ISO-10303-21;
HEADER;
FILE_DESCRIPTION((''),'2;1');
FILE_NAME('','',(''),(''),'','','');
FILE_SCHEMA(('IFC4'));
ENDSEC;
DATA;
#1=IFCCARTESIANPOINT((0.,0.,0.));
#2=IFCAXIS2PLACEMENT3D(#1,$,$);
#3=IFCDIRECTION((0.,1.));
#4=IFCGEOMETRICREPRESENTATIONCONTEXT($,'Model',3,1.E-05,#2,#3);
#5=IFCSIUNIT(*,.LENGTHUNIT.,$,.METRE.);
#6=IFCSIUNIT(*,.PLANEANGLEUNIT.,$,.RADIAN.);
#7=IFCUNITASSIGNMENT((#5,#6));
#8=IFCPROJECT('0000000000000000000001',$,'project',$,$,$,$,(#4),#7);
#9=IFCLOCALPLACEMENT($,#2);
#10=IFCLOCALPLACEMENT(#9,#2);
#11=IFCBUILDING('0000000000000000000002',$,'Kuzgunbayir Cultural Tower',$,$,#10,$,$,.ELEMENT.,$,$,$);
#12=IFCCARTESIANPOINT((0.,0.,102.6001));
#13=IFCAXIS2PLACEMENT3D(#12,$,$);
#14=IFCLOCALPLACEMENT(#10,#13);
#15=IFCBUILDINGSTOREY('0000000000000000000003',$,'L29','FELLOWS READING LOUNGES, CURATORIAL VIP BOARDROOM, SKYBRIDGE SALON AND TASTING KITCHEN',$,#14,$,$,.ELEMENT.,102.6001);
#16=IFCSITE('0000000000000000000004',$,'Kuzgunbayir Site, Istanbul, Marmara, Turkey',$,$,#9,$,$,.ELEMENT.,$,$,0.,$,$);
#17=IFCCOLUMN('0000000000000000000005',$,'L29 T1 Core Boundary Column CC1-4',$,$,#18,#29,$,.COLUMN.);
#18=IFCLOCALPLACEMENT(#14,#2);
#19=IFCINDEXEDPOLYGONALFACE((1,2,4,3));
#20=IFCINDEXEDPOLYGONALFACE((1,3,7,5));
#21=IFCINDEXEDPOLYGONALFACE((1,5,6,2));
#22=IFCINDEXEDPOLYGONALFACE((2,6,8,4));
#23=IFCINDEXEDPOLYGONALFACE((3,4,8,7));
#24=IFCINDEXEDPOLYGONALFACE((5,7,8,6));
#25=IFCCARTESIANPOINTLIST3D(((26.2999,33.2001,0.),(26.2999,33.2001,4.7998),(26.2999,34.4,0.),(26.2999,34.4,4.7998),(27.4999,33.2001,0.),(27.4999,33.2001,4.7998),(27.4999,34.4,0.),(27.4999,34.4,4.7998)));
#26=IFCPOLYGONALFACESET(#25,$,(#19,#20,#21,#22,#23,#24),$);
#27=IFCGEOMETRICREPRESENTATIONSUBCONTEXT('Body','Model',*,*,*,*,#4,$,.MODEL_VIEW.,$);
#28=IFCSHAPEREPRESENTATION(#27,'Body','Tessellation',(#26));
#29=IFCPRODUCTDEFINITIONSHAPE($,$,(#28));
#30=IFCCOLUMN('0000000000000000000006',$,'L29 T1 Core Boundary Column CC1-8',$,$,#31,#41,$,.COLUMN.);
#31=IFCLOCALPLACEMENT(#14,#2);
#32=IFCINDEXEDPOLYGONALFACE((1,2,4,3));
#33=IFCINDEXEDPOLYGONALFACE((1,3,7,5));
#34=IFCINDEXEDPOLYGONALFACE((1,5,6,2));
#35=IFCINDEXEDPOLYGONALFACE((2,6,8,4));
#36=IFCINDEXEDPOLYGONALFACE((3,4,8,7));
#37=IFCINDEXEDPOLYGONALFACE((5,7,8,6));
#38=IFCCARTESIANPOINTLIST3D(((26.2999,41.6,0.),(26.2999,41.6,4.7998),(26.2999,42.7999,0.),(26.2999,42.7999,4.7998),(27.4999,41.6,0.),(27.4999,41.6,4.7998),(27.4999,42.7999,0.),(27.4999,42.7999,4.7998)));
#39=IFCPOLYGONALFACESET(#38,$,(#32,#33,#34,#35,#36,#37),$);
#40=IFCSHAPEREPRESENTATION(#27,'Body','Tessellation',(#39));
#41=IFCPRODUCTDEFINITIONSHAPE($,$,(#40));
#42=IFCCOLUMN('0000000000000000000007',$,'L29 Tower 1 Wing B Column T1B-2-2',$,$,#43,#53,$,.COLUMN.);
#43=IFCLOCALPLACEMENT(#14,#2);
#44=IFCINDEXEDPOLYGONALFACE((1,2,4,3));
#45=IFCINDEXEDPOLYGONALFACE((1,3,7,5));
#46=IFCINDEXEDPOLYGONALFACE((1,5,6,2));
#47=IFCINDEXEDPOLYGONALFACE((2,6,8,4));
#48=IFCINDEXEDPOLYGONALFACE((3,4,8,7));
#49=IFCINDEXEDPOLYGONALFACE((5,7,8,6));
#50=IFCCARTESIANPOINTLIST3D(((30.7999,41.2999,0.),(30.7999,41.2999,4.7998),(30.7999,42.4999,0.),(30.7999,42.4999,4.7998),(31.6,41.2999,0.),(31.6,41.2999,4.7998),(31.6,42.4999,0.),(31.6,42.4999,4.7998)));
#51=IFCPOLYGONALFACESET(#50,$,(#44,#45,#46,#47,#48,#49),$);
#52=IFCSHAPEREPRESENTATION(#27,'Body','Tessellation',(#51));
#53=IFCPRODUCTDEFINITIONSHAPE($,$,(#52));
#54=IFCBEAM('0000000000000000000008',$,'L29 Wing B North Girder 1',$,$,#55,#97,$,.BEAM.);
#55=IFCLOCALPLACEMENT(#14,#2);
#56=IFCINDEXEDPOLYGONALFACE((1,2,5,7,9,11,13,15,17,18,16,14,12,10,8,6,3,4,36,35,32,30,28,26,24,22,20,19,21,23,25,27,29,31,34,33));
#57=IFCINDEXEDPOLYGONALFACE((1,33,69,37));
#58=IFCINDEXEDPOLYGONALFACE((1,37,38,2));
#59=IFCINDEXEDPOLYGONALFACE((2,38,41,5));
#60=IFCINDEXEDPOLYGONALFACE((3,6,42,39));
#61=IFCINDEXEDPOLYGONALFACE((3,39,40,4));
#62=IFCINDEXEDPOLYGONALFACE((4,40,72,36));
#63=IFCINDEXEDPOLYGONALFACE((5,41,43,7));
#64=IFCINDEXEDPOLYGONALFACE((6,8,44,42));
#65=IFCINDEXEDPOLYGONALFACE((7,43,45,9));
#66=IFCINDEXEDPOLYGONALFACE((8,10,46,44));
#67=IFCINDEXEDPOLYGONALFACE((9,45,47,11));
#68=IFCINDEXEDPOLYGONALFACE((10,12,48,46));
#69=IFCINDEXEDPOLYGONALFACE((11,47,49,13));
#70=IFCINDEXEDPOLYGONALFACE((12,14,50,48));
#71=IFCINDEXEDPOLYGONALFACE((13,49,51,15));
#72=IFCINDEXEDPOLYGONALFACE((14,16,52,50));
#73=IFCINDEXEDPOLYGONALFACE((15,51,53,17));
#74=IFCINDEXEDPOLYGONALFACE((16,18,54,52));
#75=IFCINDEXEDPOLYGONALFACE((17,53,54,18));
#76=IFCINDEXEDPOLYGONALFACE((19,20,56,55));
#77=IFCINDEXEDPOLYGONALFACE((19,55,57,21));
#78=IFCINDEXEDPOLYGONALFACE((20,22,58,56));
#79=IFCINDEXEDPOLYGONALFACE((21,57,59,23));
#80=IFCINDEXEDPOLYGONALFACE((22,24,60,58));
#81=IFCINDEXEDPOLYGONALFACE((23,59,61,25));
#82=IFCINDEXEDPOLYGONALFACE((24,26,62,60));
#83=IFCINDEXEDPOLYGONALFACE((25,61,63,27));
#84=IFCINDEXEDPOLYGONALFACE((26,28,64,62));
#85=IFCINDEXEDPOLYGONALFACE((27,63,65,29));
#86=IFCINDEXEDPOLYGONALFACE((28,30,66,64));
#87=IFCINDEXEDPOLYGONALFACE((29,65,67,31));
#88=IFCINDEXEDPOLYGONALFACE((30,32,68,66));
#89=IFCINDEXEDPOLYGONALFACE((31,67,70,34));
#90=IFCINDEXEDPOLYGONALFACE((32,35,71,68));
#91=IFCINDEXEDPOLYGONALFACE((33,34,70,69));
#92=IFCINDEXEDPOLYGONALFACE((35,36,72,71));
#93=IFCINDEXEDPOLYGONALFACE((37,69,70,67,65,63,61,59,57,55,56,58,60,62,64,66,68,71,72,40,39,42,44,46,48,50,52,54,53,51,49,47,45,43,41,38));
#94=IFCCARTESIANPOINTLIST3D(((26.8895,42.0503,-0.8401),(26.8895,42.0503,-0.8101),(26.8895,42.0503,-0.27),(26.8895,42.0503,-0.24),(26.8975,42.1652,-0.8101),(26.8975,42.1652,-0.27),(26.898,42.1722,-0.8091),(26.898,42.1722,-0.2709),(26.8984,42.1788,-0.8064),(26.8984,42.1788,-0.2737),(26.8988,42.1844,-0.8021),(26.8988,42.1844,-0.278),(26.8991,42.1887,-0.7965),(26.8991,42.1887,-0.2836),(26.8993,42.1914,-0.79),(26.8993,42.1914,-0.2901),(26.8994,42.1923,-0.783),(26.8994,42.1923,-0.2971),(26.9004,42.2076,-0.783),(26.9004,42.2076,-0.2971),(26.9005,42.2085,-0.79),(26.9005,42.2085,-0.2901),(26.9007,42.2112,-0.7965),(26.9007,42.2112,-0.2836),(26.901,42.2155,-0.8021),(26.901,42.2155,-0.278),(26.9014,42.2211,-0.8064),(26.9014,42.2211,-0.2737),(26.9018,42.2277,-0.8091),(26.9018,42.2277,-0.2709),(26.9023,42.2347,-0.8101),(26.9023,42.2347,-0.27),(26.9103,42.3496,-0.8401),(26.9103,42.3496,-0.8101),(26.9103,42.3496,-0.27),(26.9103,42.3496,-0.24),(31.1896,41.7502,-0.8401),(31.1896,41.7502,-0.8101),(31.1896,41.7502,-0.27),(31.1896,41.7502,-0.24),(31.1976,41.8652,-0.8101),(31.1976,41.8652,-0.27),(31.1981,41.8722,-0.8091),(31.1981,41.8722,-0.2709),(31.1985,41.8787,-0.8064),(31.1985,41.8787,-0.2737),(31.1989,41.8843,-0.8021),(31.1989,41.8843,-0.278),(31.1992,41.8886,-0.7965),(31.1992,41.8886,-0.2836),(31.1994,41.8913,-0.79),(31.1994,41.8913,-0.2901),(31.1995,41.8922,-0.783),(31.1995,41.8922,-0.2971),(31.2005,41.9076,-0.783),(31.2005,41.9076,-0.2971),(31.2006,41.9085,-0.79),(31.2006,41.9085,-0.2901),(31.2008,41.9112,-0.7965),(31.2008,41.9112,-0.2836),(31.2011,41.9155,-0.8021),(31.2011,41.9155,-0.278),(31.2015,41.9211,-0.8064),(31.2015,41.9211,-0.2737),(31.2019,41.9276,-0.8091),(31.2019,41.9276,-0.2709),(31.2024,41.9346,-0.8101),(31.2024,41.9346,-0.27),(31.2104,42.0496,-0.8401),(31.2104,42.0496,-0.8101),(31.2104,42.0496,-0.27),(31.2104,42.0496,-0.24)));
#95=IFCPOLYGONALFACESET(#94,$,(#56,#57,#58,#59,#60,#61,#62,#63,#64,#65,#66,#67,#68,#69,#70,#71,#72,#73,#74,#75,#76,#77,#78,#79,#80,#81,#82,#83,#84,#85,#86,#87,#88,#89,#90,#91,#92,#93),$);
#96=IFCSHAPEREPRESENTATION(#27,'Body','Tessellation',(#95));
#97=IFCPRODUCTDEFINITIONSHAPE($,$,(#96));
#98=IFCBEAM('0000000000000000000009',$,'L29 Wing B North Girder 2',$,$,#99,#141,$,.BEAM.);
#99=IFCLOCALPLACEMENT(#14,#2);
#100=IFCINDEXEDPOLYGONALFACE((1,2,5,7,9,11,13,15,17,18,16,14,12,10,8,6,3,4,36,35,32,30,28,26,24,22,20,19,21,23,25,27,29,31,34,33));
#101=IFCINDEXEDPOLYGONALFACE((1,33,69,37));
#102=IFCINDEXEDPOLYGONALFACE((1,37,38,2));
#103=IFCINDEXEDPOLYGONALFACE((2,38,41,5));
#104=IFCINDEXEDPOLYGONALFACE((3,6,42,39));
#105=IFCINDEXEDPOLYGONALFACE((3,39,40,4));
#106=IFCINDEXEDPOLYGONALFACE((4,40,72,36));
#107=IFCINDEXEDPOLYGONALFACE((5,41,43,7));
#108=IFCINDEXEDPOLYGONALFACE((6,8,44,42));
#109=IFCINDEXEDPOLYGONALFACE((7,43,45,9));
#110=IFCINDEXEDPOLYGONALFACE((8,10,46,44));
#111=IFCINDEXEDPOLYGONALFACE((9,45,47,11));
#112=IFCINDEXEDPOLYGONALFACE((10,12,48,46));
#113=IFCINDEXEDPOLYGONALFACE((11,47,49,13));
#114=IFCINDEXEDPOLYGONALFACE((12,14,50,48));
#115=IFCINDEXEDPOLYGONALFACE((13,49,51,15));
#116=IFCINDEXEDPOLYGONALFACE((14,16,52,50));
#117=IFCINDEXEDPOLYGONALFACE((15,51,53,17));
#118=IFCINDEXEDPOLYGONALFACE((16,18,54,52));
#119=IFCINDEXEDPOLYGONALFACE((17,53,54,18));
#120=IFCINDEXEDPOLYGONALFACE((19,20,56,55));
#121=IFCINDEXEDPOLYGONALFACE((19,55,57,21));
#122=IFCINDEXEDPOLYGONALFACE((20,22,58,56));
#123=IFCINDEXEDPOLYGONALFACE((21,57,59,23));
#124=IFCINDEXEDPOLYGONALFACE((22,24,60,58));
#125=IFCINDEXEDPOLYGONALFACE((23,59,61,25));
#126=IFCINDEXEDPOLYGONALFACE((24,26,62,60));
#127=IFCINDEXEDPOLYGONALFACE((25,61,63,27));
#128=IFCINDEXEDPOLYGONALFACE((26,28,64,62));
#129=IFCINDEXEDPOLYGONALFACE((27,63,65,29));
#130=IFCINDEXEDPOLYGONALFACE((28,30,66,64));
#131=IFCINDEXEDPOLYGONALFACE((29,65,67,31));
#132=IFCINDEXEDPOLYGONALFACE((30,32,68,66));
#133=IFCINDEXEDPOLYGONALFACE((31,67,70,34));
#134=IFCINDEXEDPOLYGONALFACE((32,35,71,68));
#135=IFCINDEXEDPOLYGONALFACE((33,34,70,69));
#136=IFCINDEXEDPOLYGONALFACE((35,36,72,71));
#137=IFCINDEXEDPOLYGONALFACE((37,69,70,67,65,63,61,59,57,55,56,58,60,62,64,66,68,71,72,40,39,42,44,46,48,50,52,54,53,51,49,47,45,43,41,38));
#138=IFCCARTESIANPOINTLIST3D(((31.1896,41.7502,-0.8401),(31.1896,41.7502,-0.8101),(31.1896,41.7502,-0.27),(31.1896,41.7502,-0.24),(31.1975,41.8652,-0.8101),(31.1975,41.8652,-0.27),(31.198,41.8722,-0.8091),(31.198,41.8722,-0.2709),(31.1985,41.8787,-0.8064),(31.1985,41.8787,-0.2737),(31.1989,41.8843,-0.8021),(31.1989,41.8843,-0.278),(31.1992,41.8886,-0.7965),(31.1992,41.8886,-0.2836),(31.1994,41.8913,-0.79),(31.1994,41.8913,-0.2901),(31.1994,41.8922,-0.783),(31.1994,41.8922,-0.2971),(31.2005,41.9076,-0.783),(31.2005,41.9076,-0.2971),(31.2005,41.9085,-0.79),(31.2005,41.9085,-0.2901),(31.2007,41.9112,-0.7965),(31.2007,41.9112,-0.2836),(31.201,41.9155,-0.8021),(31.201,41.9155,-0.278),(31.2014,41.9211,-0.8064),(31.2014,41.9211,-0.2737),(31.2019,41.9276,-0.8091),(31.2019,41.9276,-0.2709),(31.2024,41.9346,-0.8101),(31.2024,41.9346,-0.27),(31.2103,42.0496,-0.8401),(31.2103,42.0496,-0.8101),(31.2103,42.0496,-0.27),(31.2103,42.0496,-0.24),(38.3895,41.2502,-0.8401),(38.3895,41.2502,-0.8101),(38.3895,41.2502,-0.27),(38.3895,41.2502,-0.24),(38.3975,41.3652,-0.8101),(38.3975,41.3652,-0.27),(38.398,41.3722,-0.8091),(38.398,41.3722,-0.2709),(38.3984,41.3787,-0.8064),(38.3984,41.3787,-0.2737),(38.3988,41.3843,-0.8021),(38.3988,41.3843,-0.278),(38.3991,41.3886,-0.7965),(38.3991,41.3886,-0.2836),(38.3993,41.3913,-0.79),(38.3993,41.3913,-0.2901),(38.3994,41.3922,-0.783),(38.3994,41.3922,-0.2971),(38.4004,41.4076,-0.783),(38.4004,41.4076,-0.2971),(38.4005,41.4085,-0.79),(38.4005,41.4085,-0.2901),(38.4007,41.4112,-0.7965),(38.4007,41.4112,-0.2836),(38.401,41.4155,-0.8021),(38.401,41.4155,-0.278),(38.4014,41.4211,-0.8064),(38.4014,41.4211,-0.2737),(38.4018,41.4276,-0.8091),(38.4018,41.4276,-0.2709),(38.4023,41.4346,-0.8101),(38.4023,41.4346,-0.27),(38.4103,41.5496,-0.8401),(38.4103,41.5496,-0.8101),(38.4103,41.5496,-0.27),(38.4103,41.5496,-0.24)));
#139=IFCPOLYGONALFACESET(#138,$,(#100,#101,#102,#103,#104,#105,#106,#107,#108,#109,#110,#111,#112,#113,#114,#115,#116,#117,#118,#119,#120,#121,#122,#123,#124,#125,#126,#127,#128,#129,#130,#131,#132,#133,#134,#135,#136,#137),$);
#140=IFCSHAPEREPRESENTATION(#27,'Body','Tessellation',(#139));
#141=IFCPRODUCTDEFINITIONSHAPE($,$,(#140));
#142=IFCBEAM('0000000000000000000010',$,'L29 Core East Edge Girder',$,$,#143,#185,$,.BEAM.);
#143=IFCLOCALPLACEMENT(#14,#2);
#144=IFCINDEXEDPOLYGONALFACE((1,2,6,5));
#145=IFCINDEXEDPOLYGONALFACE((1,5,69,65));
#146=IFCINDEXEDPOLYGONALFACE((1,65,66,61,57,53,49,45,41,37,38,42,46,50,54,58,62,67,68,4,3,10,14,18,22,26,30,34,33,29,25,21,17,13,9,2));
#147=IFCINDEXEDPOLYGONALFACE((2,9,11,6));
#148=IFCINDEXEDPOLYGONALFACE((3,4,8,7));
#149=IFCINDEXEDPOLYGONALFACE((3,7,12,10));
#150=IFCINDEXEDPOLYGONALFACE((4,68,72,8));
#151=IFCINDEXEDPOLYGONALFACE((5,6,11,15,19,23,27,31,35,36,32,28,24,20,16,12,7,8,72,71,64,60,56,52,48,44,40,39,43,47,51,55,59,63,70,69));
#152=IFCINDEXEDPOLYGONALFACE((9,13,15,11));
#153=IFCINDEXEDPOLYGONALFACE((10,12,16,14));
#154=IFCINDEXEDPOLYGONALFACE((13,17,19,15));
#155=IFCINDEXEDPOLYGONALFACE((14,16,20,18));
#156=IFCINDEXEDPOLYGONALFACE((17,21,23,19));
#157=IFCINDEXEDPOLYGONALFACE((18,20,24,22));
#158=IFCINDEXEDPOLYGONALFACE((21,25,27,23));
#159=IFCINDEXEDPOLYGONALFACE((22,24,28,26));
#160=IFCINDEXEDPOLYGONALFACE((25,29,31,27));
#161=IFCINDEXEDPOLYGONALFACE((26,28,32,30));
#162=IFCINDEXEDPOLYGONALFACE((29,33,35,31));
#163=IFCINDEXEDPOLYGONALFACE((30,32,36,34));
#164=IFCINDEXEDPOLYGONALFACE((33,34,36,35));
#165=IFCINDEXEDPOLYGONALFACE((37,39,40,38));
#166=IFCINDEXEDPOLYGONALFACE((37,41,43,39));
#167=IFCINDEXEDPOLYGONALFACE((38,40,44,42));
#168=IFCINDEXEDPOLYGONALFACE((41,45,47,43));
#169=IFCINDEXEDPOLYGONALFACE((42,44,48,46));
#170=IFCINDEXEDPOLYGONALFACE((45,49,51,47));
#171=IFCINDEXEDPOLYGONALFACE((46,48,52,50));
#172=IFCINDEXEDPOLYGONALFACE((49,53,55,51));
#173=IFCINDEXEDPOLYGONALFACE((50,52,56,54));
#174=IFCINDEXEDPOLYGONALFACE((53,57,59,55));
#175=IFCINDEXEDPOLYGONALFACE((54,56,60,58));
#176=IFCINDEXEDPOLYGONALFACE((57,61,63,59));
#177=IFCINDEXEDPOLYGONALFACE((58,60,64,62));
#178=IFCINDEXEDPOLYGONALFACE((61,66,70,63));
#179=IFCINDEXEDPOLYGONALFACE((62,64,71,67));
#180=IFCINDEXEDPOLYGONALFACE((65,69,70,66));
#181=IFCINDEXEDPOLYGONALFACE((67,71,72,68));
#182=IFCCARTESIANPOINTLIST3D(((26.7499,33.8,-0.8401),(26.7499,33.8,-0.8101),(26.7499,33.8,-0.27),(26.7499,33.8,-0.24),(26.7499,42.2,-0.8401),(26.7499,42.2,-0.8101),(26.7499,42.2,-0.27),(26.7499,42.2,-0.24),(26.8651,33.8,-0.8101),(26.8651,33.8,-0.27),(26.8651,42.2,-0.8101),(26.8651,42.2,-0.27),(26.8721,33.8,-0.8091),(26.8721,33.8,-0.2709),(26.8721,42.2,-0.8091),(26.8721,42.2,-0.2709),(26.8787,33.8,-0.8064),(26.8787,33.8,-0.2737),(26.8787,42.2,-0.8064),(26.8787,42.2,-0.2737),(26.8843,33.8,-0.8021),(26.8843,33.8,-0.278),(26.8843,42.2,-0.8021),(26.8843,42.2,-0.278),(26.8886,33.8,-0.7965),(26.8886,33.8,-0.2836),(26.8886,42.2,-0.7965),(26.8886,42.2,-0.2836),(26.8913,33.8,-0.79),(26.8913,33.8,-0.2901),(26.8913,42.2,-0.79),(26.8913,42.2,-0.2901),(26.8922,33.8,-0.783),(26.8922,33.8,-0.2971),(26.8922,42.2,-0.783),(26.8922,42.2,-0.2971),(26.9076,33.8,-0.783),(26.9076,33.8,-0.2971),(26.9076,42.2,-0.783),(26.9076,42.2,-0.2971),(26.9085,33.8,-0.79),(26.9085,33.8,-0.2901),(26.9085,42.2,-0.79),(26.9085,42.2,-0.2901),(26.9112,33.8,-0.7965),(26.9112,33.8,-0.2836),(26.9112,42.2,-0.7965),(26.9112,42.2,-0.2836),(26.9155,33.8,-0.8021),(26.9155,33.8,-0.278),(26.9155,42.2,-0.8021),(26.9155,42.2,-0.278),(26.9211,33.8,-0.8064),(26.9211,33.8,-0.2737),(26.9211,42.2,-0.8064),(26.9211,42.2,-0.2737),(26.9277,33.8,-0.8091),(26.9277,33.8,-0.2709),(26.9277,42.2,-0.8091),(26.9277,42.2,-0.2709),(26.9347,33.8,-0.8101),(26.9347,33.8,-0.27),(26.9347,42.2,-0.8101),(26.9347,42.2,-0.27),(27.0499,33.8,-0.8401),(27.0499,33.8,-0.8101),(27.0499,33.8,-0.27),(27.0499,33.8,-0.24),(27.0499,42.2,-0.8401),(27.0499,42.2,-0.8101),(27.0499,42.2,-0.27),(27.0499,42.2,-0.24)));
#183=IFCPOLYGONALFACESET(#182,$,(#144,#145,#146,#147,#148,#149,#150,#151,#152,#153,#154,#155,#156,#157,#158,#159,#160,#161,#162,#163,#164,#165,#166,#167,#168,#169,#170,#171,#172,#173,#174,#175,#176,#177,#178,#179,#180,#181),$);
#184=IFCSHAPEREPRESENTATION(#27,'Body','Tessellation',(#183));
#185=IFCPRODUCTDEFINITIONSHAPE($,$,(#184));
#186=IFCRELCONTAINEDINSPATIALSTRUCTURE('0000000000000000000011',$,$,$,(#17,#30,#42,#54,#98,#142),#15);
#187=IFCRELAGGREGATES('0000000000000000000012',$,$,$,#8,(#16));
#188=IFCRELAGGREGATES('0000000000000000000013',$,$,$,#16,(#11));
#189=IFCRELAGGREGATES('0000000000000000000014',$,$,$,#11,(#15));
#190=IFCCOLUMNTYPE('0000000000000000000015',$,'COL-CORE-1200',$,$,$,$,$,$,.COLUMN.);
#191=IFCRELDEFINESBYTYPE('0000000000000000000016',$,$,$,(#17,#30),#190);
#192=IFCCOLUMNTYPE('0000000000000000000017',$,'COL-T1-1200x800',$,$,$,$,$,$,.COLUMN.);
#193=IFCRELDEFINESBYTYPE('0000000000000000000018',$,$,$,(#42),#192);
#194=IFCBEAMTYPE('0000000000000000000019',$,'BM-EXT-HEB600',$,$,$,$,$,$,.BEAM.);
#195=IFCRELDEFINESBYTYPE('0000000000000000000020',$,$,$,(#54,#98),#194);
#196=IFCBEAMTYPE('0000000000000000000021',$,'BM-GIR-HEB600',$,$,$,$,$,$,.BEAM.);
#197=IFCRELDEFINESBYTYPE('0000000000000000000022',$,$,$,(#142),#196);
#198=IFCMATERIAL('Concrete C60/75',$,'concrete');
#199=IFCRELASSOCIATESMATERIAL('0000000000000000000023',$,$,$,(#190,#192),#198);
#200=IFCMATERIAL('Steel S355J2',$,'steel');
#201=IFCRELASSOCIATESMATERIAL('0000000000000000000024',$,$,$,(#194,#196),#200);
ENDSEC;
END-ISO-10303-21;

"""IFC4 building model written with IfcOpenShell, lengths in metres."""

from ifc_helpers import new_model, si_unit, direction, frame, origin, origin_2d, place, context, subcontext, project, spatial, rectangle, i_section, extrude, material, material_profile, profile_set, type_object, element, save


model = new_model("IFC4")

# Units and contexts
model_context = context("Model", 3, precision=1e-05, world=origin(), true_north=direction((0.0, 1.0)))
body_context = subcontext(model_context, "Body", "Model", "MODEL_VIEW")
ifc_project = project(units=[si_unit("LENGTHUNIT", "METRE"), si_unit("PLANEANGLEUNIT", "RADIAN")], contexts=[model_context])

# Site, building, storey
site_placement = place(None, origin())
site = spatial("IfcSite", under=ifc_project, at=site_placement, Name="Kuzgunbayir Site, Istanbul, Marmara, Turkey", CompositionType="ELEMENT", RefElevation=0.0)
building_placement = place(site_placement, origin())
building = spatial("IfcBuilding", under=site, at=building_placement, Name="Kuzgunbayir Cultural Tower", CompositionType="ELEMENT")
storey_placement = place(building_placement, frame((0.0, 0.0, 102.6001)))
storey = spatial("IfcBuildingStorey", under=building, at=storey_placement, Name="L29", Description="FELLOWS READING LOUNGES, CURATORIAL VIP BOARDROOM, SKYBRIDGE SALON AND TASTING KITCHEN", CompositionType="ELEMENT", Elevation=102.6001)

# Columns
ifc_material_1 = material(Name="Concrete C60/75", Category="concrete")
ifc_material_profile_1 = material_profile(ifc_material_1, rectangle(XDim=1.2, YDim=1.2, at=origin_2d()), Name="RC 1200x1200")
ifc_profile_set_1 = profile_set([ifc_material_profile_1], Name="Concrete C60/75")
column_type_1 = type_object("IfcColumnType", Name="COL-CORE-1200", PredefinedType="COLUMN", material=ifc_profile_set_1)
for number, where, z_axis, x_axis, name in (
    (1, (26.8999, 33.8, 0.0), (0.0, 0.0, 1.0), (1.0, 0.0, 0.0), "L29 T1 Core Boundary Column CC1-4"),
    (2, (26.8999, 42.2, 0.0), (0.0, 0.0, 1.0), (1.0, 0.0, 0.0), "L29 T1 Core Boundary Column CC1-8"),
):
    element("IfcColumn", number, at=place(storey_placement, frame(where, z_axis=z_axis, x_axis=x_axis)), inside=storey, type_object=column_type_1, Name=name, PredefinedType="COLUMN", context=body_context, shape_type="SweptSolid", body=[
        extrude(rectangle(XDim=1.2, YDim=1.2, at=origin_2d()), origin(), (0.0, 0.0, 1.0), 4.7998),
    ])
ifc_material_profile_2 = material_profile(ifc_material_1, rectangle(XDim=0.8, YDim=1.2, at=origin_2d()), Name="RC 1200x800")
ifc_profile_set_2 = profile_set([ifc_material_profile_2], Name="Concrete C60/75")
column_type_2 = type_object("IfcColumnType", Name="COL-T1-1200x800", PredefinedType="COLUMN", material=ifc_profile_set_2)
column_placement = place(storey_placement, frame((31.2, 41.8999, 0.0), z_axis=(0.0, 0.0, 1.0), x_axis=(1.0, 0.0, 0.0)))
element("IfcColumn", 3, at=column_placement, inside=storey, type_object=column_type_2, Name="L29 Tower 1 Wing B Column T1B-2-2", PredefinedType="COLUMN", context=body_context, shape_type="SweptSolid", body=[
    extrude(rectangle(XDim=0.8, YDim=1.2, at=origin_2d()), origin(), (0.0, 0.0, 1.0), 4.7998),
])

# Beams
ifc_material_2 = material(Name="Steel S355J2", Category="steel")
ifc_material_profile_3 = material_profile(ifc_material_2, i_section(OverallWidth=0.3, OverallDepth=0.6001, WebThickness=0.0154, FlangeThickness=0.03, FilletRadius=0.0271, at=origin_2d()), Name="HEB 600")
ifc_profile_set_3 = profile_set([ifc_material_profile_3], Name="Steel S355J2")
beam_type_1 = type_object("IfcBeamType", Name="BM-EXT-HEB600", PredefinedType="BEAM", material=ifc_profile_set_3)
beam_1_placement = place(storey_placement, frame((26.8999, 42.2, -0.54), z_axis=(0.997574, -0.069609, 0.0), x_axis=(0.069609, 0.997574, 0.0)))
element("IfcBeam", 4, at=beam_1_placement, inside=storey, type_object=beam_type_1, Name="L29 Wing B North Girder 1", PredefinedType="BEAM", context=body_context, shape_type="SweptSolid", body=[
    extrude(i_section(OverallWidth=0.3, OverallDepth=0.6001, WebThickness=0.0154, FlangeThickness=0.03, FilletRadius=0.0271, at=origin_2d()), origin(), (0.0, 0.0, 1.0), 4.3105),
])
beam_2_placement = place(storey_placement, frame((31.2, 41.8999, -0.54), z_axis=(0.997597, -0.069278, 0.0), x_axis=(0.069278, 0.997597, 0.0)))
element("IfcBeam", 5, at=beam_2_placement, inside=storey, type_object=beam_type_1, Name="L29 Wing B North Girder 2", PredefinedType="BEAM", context=body_context, shape_type="SweptSolid", body=[
    extrude(i_section(OverallWidth=0.3, OverallDepth=0.6001, WebThickness=0.0154, FlangeThickness=0.03, FilletRadius=0.0271, at=origin_2d()), origin(), (0.0, 0.0, 1.0), 7.2173),
])
ifc_material_profile_4 = material_profile(ifc_material_2, i_section(OverallWidth=0.3, OverallDepth=0.6001, WebThickness=0.0154, FlangeThickness=0.03, FilletRadius=0.0271, at=origin_2d()), Name="HEB 600")
ifc_profile_set_4 = profile_set([ifc_material_profile_4], Name="Steel S355J2")
beam_type_2 = type_object("IfcBeamType", Name="BM-GIR-HEB600", PredefinedType="BEAM", material=ifc_profile_set_4)
beam_3_placement = place(storey_placement, frame((26.8999, 33.8, -0.54), z_axis=(0.0, 1.0, 0.0), x_axis=(-1.0, 0.0, 0.0)))
element("IfcBeam", 6, at=beam_3_placement, inside=storey, type_object=beam_type_2, Name="L29 Core East Edge Girder", PredefinedType="BEAM", context=body_context, shape_type="SweptSolid", body=[
    extrude(i_section(OverallWidth=0.3, OverallDepth=0.6001, WebThickness=0.0154, FlangeThickness=0.03, FilletRadius=0.0271, at=origin_2d()), origin(), (0.0, 0.0, 1.0), 8.3999),
])

save(model, "model.ifc")
